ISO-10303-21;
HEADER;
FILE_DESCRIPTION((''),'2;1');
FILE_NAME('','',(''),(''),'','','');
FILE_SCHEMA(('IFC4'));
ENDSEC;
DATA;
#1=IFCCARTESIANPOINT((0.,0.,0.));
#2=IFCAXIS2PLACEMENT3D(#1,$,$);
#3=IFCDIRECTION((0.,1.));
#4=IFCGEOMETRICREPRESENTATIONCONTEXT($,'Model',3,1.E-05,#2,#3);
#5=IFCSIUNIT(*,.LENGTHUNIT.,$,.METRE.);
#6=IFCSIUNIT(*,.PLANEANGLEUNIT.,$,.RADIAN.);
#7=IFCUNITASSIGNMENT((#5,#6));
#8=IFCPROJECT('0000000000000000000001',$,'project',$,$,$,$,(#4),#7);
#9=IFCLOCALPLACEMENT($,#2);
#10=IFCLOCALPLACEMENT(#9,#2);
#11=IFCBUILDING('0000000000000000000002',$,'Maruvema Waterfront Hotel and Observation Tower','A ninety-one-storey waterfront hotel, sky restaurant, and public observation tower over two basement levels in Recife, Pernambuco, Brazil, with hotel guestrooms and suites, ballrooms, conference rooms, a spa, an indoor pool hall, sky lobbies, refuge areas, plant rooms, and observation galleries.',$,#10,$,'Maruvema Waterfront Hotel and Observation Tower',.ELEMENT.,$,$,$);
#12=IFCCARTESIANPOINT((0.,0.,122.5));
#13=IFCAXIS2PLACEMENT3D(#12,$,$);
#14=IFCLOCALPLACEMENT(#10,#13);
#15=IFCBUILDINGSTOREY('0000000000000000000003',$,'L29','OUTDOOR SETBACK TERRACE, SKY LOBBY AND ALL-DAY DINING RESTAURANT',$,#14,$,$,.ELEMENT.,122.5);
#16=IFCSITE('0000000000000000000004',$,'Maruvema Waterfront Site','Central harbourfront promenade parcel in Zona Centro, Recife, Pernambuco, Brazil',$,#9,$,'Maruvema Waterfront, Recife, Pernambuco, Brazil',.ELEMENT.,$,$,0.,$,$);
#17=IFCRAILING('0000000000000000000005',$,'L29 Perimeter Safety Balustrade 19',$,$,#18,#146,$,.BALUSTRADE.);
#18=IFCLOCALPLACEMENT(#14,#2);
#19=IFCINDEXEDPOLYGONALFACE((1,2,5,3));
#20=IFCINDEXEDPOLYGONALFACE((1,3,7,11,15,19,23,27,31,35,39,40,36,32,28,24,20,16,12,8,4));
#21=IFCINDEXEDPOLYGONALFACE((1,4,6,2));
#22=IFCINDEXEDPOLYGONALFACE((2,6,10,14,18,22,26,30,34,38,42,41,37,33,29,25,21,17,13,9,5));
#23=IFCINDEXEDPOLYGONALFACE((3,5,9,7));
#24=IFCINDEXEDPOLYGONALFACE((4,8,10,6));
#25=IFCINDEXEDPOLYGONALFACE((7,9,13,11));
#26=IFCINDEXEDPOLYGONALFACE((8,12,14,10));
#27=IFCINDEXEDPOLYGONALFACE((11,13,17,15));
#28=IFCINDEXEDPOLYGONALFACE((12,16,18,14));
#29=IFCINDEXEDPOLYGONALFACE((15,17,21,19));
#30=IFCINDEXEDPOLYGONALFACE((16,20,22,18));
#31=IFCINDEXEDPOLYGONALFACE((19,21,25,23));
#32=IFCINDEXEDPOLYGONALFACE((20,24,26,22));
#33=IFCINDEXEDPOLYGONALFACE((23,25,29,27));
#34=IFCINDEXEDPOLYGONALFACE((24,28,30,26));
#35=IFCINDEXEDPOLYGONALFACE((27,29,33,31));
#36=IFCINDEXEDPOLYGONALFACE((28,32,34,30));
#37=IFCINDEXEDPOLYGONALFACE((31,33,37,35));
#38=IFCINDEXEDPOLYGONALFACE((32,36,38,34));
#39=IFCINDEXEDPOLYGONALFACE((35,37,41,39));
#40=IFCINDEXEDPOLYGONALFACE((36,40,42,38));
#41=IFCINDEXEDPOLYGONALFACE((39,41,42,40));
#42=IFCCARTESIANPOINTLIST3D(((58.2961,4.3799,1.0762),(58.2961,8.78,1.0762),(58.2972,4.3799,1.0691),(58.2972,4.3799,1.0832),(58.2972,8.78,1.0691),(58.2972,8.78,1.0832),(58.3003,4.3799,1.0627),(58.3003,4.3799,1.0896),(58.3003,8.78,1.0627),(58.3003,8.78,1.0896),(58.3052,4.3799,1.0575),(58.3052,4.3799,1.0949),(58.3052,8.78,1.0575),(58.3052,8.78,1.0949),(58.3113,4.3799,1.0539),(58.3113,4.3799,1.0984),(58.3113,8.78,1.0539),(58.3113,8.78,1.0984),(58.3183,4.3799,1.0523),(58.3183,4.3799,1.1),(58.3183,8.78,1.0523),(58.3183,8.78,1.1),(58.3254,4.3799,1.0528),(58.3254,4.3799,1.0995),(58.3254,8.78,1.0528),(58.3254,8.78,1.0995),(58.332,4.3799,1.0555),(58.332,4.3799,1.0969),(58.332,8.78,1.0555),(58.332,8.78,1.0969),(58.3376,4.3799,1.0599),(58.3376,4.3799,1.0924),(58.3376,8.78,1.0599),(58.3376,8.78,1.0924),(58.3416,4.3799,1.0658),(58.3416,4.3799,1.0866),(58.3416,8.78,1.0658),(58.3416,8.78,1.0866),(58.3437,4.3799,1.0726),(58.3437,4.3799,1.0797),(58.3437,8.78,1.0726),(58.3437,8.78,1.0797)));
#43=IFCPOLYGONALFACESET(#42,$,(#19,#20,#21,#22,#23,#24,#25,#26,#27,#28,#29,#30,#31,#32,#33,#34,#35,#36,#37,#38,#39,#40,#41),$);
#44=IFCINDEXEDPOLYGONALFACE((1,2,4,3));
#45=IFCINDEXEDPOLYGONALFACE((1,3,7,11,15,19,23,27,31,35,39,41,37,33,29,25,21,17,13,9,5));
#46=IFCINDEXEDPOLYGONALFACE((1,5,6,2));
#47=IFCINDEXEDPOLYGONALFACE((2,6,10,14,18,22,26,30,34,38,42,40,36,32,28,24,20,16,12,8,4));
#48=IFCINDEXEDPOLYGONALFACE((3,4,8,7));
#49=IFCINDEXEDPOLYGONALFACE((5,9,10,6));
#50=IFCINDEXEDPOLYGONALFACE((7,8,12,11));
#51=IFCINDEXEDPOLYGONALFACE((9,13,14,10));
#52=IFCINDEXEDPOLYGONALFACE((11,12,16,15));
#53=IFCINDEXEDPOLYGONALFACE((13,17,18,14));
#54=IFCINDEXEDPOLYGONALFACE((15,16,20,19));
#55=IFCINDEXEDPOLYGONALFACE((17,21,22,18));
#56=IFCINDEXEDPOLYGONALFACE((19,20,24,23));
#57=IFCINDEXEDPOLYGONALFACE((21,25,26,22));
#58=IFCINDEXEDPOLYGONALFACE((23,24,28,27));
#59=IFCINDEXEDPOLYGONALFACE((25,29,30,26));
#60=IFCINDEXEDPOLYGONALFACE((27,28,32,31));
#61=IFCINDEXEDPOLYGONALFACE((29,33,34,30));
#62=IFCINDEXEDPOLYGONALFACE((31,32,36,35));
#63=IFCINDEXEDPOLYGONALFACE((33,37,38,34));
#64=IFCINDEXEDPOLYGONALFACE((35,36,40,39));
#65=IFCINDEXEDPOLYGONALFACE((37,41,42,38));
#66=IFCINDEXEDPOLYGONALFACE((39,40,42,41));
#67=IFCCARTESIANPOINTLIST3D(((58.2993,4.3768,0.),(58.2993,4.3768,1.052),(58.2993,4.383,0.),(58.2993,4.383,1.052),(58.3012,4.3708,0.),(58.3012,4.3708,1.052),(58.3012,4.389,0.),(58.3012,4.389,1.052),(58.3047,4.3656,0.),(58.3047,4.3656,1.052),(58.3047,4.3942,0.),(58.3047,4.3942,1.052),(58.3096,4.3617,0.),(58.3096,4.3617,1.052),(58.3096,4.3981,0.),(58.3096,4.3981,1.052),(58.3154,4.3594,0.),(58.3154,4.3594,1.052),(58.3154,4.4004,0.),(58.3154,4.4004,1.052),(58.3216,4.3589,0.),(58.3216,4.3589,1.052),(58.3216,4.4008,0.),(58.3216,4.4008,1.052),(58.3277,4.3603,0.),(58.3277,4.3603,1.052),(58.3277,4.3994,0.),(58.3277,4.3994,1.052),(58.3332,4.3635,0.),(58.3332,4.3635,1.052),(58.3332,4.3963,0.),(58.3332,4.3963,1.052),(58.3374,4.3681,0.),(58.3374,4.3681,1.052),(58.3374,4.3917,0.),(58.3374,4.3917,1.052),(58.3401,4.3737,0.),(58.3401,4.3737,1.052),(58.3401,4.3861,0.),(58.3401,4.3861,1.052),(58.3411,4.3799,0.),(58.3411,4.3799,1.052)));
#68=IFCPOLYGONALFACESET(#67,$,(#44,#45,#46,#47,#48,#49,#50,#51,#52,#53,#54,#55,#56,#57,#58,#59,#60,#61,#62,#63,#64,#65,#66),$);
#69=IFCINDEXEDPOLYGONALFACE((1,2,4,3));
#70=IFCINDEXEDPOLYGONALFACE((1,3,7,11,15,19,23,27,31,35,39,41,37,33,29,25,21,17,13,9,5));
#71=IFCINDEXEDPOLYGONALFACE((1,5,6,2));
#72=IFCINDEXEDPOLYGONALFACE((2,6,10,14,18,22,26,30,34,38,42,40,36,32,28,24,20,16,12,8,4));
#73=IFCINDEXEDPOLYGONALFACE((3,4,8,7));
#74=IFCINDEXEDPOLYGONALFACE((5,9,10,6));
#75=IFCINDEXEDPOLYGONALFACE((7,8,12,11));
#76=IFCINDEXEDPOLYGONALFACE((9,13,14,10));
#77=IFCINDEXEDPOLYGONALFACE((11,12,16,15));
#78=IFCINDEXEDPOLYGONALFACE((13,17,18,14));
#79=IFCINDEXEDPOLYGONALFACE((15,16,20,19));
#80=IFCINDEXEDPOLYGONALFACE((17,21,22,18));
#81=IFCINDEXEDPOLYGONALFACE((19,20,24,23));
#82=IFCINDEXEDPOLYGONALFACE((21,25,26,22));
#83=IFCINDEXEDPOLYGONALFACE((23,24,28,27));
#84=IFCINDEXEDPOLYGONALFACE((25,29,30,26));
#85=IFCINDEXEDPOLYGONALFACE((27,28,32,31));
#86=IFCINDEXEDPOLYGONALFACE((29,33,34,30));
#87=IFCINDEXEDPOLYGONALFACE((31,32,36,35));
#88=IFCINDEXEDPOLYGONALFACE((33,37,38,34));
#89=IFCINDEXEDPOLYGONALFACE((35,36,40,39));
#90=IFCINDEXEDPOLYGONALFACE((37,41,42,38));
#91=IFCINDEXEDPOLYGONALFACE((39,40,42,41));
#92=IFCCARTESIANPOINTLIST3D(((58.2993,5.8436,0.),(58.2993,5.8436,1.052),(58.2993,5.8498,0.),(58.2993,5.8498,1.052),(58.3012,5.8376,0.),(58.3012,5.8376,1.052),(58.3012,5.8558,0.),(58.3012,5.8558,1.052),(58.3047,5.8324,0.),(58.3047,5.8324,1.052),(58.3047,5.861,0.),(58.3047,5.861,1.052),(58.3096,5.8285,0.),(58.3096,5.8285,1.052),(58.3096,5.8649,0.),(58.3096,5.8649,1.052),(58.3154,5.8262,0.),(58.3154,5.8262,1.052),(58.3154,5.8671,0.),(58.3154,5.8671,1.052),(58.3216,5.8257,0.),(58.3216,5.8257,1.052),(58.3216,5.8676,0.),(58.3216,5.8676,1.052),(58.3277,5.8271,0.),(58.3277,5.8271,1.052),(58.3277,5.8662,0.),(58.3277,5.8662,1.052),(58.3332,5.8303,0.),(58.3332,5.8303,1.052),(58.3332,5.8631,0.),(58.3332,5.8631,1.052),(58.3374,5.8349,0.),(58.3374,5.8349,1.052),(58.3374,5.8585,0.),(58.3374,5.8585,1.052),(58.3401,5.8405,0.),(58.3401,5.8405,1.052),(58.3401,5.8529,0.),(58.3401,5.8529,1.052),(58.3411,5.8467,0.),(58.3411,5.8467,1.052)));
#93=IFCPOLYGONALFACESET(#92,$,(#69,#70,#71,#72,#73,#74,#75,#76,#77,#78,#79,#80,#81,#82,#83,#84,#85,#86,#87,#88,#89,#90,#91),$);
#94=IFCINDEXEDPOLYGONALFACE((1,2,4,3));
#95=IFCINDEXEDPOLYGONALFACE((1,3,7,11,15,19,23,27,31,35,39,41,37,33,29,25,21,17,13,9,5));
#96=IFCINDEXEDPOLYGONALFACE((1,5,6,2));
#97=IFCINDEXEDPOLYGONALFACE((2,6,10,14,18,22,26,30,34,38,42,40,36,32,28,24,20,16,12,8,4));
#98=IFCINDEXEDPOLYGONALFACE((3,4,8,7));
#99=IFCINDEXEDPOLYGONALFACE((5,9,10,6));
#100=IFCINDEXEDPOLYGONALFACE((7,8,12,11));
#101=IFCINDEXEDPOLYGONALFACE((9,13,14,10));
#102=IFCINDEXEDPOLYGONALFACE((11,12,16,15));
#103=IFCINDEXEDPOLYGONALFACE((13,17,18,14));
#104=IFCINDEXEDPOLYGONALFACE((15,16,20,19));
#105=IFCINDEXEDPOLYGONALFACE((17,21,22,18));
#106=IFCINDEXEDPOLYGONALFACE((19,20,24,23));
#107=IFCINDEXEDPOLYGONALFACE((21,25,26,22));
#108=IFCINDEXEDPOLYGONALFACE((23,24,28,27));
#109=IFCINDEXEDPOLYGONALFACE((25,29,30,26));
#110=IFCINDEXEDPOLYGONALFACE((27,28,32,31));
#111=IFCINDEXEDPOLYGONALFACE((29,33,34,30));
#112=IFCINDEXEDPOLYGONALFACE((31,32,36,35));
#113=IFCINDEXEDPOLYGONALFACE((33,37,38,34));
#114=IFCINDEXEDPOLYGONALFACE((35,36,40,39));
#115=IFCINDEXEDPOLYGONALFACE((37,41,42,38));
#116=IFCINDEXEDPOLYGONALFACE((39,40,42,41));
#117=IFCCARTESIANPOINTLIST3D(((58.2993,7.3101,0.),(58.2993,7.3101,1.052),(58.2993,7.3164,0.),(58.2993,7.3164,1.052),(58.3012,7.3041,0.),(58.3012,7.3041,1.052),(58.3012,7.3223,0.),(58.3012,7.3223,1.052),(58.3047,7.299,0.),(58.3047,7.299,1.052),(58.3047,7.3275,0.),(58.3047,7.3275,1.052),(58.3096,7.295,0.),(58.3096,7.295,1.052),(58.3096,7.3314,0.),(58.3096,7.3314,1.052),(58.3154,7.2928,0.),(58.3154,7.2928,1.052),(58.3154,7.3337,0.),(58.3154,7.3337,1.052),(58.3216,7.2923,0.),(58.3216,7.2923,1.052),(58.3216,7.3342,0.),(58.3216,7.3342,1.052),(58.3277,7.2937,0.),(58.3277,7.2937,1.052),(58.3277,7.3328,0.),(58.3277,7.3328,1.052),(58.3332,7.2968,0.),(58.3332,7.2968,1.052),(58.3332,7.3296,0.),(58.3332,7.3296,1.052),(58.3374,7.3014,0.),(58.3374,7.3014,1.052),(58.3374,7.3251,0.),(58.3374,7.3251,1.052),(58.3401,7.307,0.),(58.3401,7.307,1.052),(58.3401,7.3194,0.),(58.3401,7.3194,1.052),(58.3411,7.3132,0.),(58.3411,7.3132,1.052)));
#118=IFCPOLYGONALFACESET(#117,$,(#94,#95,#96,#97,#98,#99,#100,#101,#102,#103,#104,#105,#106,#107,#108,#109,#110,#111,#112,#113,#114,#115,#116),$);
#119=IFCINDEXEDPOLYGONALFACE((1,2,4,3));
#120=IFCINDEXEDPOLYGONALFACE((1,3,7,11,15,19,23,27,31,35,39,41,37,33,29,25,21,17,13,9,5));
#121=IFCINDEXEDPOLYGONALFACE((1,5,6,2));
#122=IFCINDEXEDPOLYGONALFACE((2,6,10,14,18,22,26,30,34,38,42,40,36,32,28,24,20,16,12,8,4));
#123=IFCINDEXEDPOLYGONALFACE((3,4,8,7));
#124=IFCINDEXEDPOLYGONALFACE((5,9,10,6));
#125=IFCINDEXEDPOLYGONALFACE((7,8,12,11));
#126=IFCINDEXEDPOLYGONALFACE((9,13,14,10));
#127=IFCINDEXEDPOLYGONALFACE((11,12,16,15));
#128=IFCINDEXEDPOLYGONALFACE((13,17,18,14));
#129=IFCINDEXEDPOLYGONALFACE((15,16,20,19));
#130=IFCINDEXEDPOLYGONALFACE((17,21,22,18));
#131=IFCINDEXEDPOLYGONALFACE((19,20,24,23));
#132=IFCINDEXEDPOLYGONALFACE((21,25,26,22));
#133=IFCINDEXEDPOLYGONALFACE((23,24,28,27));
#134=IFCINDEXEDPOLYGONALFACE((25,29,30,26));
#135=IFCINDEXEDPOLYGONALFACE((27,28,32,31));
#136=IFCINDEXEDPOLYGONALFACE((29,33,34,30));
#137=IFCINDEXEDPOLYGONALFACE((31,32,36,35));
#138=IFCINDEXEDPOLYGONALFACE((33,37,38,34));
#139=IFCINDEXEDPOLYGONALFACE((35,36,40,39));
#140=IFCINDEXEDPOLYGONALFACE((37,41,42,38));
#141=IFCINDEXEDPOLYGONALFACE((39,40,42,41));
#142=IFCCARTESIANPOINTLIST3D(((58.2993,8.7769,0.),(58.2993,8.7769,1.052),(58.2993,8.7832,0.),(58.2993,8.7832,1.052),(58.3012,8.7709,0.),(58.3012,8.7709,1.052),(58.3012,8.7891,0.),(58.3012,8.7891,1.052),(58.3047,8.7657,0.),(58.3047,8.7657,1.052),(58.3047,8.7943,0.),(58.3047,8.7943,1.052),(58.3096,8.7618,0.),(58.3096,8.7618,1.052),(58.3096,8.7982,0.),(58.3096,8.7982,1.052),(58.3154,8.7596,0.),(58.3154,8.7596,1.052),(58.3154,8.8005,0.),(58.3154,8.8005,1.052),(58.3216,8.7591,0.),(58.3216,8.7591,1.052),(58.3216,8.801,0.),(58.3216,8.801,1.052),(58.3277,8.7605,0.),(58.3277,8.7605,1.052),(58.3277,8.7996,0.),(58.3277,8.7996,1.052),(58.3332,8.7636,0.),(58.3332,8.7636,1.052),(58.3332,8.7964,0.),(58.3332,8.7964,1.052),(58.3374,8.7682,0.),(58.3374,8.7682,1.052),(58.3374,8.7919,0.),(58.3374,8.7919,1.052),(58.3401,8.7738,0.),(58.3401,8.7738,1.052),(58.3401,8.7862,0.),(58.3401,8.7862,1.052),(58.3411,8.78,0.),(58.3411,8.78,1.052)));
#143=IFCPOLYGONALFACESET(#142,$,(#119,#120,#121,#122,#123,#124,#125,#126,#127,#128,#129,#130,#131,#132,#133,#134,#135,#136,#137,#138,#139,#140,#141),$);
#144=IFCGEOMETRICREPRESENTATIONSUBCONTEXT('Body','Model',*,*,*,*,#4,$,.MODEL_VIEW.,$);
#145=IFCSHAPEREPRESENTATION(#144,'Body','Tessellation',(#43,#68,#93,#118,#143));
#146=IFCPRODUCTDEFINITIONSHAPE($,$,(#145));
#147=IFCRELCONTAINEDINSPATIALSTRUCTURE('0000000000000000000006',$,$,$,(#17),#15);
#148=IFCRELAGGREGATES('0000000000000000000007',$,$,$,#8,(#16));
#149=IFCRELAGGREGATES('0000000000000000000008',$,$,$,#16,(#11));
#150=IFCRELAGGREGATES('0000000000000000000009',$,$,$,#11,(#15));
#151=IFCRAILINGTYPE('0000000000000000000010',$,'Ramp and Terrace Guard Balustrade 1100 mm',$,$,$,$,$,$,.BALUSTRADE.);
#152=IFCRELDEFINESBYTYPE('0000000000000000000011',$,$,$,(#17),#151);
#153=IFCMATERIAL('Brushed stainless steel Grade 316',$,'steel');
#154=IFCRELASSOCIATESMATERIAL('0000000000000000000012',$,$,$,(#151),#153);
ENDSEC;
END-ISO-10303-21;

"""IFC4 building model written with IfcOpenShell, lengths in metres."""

from ifc_helpers import new_model, si_unit, direction, frame, origin, origin_2d, place, context, subcontext, project, spatial, circle, extrude, material, type_object, element, save


model = new_model("IFC4")

# Units and contexts
model_context = context("Model", 3, precision=1e-05, world=origin(), true_north=direction((0.0, 1.0)))
body_context = subcontext(model_context, "Body", "Model", "MODEL_VIEW")
ifc_project = project(units=[si_unit("LENGTHUNIT", "METRE"), si_unit("PLANEANGLEUNIT", "RADIAN")], contexts=[model_context])

# Site, building, storey
site_placement = place(None, origin())
site = spatial("IfcSite", under=ifc_project, at=site_placement, Name="Maruvema Waterfront Site", Description="Central harbourfront promenade parcel in Zona Centro, Recife, Pernambuco, Brazil", LongName="Maruvema Waterfront, Recife, Pernambuco, Brazil", CompositionType="ELEMENT", RefElevation=0.0)
building_placement = place(site_placement, origin())
building = spatial("IfcBuilding", under=site, at=building_placement, Name="Maruvema Waterfront Hotel and Observation Tower", Description="A ninety-one-storey waterfront hotel, sky restaurant, and public observation tower over two basement levels in Recife, Pernambuco, Brazil, with hotel guestrooms and suites, ballrooms, conference rooms, a spa, an indoor pool hall, sky lobbies, refuge areas, plant rooms, and observation galleries.", LongName="Maruvema Waterfront Hotel and Observation Tower", CompositionType="ELEMENT")
storey_placement = place(building_placement, frame((0.0, 0.0, 122.5)))
storey = spatial("IfcBuildingStorey", under=building, at=storey_placement, Name="L29", Description="OUTDOOR SETBACK TERRACE, SKY LOBBY AND ALL-DAY DINING RESTAURANT", CompositionType="ELEMENT", Elevation=122.5)

# Railing
ifc_material_1 = material(Name="Brushed stainless steel Grade 316", Category="steel")
railing_type = type_object("IfcRailingType", Name="Ramp and Terrace Guard Balustrade 1100 mm", PredefinedType="BALUSTRADE", material=ifc_material_1)
railing_1_placement = place(storey_placement, frame((58.3201, 4.3799, 0.0)))
element("IfcRailing", 1, at=railing_1_placement, inside=storey, type_object=railing_type, Name="L29 Perimeter Safety Balustrade 19", PredefinedType="BALUSTRADE", context=body_context, shape_type="SweptSolid", body=[
    extrude(circle(Radius=0.0239, at=origin_2d()), frame((0.0, 0.0, 1.0762), z_axis=(0.0, 1.0, 0.0), x_axis=(-1.0, 0.0, 0.0)), (0.0, 0.0, 1.0), 4.4001),
    extrude(circle(Radius=0.021, at=origin_2d()), origin(), (0.0, 0.0, 1.0), 1.052),
    extrude(circle(Radius=0.021, at=origin_2d()), frame((0.0, 1.4668, 0.0)), (0.0, 0.0, 1.0), 1.052),
    extrude(circle(Radius=0.021, at=origin_2d()), frame((0.0, 2.9333, 0.0)), (0.0, 0.0, 1.0), 1.052),
    extrude(circle(Radius=0.021, at=origin_2d()), frame((0.0, 4.4001, 0.0)), (0.0, 0.0, 1.0), 1.052),
])

save(model, "model.ifc")
